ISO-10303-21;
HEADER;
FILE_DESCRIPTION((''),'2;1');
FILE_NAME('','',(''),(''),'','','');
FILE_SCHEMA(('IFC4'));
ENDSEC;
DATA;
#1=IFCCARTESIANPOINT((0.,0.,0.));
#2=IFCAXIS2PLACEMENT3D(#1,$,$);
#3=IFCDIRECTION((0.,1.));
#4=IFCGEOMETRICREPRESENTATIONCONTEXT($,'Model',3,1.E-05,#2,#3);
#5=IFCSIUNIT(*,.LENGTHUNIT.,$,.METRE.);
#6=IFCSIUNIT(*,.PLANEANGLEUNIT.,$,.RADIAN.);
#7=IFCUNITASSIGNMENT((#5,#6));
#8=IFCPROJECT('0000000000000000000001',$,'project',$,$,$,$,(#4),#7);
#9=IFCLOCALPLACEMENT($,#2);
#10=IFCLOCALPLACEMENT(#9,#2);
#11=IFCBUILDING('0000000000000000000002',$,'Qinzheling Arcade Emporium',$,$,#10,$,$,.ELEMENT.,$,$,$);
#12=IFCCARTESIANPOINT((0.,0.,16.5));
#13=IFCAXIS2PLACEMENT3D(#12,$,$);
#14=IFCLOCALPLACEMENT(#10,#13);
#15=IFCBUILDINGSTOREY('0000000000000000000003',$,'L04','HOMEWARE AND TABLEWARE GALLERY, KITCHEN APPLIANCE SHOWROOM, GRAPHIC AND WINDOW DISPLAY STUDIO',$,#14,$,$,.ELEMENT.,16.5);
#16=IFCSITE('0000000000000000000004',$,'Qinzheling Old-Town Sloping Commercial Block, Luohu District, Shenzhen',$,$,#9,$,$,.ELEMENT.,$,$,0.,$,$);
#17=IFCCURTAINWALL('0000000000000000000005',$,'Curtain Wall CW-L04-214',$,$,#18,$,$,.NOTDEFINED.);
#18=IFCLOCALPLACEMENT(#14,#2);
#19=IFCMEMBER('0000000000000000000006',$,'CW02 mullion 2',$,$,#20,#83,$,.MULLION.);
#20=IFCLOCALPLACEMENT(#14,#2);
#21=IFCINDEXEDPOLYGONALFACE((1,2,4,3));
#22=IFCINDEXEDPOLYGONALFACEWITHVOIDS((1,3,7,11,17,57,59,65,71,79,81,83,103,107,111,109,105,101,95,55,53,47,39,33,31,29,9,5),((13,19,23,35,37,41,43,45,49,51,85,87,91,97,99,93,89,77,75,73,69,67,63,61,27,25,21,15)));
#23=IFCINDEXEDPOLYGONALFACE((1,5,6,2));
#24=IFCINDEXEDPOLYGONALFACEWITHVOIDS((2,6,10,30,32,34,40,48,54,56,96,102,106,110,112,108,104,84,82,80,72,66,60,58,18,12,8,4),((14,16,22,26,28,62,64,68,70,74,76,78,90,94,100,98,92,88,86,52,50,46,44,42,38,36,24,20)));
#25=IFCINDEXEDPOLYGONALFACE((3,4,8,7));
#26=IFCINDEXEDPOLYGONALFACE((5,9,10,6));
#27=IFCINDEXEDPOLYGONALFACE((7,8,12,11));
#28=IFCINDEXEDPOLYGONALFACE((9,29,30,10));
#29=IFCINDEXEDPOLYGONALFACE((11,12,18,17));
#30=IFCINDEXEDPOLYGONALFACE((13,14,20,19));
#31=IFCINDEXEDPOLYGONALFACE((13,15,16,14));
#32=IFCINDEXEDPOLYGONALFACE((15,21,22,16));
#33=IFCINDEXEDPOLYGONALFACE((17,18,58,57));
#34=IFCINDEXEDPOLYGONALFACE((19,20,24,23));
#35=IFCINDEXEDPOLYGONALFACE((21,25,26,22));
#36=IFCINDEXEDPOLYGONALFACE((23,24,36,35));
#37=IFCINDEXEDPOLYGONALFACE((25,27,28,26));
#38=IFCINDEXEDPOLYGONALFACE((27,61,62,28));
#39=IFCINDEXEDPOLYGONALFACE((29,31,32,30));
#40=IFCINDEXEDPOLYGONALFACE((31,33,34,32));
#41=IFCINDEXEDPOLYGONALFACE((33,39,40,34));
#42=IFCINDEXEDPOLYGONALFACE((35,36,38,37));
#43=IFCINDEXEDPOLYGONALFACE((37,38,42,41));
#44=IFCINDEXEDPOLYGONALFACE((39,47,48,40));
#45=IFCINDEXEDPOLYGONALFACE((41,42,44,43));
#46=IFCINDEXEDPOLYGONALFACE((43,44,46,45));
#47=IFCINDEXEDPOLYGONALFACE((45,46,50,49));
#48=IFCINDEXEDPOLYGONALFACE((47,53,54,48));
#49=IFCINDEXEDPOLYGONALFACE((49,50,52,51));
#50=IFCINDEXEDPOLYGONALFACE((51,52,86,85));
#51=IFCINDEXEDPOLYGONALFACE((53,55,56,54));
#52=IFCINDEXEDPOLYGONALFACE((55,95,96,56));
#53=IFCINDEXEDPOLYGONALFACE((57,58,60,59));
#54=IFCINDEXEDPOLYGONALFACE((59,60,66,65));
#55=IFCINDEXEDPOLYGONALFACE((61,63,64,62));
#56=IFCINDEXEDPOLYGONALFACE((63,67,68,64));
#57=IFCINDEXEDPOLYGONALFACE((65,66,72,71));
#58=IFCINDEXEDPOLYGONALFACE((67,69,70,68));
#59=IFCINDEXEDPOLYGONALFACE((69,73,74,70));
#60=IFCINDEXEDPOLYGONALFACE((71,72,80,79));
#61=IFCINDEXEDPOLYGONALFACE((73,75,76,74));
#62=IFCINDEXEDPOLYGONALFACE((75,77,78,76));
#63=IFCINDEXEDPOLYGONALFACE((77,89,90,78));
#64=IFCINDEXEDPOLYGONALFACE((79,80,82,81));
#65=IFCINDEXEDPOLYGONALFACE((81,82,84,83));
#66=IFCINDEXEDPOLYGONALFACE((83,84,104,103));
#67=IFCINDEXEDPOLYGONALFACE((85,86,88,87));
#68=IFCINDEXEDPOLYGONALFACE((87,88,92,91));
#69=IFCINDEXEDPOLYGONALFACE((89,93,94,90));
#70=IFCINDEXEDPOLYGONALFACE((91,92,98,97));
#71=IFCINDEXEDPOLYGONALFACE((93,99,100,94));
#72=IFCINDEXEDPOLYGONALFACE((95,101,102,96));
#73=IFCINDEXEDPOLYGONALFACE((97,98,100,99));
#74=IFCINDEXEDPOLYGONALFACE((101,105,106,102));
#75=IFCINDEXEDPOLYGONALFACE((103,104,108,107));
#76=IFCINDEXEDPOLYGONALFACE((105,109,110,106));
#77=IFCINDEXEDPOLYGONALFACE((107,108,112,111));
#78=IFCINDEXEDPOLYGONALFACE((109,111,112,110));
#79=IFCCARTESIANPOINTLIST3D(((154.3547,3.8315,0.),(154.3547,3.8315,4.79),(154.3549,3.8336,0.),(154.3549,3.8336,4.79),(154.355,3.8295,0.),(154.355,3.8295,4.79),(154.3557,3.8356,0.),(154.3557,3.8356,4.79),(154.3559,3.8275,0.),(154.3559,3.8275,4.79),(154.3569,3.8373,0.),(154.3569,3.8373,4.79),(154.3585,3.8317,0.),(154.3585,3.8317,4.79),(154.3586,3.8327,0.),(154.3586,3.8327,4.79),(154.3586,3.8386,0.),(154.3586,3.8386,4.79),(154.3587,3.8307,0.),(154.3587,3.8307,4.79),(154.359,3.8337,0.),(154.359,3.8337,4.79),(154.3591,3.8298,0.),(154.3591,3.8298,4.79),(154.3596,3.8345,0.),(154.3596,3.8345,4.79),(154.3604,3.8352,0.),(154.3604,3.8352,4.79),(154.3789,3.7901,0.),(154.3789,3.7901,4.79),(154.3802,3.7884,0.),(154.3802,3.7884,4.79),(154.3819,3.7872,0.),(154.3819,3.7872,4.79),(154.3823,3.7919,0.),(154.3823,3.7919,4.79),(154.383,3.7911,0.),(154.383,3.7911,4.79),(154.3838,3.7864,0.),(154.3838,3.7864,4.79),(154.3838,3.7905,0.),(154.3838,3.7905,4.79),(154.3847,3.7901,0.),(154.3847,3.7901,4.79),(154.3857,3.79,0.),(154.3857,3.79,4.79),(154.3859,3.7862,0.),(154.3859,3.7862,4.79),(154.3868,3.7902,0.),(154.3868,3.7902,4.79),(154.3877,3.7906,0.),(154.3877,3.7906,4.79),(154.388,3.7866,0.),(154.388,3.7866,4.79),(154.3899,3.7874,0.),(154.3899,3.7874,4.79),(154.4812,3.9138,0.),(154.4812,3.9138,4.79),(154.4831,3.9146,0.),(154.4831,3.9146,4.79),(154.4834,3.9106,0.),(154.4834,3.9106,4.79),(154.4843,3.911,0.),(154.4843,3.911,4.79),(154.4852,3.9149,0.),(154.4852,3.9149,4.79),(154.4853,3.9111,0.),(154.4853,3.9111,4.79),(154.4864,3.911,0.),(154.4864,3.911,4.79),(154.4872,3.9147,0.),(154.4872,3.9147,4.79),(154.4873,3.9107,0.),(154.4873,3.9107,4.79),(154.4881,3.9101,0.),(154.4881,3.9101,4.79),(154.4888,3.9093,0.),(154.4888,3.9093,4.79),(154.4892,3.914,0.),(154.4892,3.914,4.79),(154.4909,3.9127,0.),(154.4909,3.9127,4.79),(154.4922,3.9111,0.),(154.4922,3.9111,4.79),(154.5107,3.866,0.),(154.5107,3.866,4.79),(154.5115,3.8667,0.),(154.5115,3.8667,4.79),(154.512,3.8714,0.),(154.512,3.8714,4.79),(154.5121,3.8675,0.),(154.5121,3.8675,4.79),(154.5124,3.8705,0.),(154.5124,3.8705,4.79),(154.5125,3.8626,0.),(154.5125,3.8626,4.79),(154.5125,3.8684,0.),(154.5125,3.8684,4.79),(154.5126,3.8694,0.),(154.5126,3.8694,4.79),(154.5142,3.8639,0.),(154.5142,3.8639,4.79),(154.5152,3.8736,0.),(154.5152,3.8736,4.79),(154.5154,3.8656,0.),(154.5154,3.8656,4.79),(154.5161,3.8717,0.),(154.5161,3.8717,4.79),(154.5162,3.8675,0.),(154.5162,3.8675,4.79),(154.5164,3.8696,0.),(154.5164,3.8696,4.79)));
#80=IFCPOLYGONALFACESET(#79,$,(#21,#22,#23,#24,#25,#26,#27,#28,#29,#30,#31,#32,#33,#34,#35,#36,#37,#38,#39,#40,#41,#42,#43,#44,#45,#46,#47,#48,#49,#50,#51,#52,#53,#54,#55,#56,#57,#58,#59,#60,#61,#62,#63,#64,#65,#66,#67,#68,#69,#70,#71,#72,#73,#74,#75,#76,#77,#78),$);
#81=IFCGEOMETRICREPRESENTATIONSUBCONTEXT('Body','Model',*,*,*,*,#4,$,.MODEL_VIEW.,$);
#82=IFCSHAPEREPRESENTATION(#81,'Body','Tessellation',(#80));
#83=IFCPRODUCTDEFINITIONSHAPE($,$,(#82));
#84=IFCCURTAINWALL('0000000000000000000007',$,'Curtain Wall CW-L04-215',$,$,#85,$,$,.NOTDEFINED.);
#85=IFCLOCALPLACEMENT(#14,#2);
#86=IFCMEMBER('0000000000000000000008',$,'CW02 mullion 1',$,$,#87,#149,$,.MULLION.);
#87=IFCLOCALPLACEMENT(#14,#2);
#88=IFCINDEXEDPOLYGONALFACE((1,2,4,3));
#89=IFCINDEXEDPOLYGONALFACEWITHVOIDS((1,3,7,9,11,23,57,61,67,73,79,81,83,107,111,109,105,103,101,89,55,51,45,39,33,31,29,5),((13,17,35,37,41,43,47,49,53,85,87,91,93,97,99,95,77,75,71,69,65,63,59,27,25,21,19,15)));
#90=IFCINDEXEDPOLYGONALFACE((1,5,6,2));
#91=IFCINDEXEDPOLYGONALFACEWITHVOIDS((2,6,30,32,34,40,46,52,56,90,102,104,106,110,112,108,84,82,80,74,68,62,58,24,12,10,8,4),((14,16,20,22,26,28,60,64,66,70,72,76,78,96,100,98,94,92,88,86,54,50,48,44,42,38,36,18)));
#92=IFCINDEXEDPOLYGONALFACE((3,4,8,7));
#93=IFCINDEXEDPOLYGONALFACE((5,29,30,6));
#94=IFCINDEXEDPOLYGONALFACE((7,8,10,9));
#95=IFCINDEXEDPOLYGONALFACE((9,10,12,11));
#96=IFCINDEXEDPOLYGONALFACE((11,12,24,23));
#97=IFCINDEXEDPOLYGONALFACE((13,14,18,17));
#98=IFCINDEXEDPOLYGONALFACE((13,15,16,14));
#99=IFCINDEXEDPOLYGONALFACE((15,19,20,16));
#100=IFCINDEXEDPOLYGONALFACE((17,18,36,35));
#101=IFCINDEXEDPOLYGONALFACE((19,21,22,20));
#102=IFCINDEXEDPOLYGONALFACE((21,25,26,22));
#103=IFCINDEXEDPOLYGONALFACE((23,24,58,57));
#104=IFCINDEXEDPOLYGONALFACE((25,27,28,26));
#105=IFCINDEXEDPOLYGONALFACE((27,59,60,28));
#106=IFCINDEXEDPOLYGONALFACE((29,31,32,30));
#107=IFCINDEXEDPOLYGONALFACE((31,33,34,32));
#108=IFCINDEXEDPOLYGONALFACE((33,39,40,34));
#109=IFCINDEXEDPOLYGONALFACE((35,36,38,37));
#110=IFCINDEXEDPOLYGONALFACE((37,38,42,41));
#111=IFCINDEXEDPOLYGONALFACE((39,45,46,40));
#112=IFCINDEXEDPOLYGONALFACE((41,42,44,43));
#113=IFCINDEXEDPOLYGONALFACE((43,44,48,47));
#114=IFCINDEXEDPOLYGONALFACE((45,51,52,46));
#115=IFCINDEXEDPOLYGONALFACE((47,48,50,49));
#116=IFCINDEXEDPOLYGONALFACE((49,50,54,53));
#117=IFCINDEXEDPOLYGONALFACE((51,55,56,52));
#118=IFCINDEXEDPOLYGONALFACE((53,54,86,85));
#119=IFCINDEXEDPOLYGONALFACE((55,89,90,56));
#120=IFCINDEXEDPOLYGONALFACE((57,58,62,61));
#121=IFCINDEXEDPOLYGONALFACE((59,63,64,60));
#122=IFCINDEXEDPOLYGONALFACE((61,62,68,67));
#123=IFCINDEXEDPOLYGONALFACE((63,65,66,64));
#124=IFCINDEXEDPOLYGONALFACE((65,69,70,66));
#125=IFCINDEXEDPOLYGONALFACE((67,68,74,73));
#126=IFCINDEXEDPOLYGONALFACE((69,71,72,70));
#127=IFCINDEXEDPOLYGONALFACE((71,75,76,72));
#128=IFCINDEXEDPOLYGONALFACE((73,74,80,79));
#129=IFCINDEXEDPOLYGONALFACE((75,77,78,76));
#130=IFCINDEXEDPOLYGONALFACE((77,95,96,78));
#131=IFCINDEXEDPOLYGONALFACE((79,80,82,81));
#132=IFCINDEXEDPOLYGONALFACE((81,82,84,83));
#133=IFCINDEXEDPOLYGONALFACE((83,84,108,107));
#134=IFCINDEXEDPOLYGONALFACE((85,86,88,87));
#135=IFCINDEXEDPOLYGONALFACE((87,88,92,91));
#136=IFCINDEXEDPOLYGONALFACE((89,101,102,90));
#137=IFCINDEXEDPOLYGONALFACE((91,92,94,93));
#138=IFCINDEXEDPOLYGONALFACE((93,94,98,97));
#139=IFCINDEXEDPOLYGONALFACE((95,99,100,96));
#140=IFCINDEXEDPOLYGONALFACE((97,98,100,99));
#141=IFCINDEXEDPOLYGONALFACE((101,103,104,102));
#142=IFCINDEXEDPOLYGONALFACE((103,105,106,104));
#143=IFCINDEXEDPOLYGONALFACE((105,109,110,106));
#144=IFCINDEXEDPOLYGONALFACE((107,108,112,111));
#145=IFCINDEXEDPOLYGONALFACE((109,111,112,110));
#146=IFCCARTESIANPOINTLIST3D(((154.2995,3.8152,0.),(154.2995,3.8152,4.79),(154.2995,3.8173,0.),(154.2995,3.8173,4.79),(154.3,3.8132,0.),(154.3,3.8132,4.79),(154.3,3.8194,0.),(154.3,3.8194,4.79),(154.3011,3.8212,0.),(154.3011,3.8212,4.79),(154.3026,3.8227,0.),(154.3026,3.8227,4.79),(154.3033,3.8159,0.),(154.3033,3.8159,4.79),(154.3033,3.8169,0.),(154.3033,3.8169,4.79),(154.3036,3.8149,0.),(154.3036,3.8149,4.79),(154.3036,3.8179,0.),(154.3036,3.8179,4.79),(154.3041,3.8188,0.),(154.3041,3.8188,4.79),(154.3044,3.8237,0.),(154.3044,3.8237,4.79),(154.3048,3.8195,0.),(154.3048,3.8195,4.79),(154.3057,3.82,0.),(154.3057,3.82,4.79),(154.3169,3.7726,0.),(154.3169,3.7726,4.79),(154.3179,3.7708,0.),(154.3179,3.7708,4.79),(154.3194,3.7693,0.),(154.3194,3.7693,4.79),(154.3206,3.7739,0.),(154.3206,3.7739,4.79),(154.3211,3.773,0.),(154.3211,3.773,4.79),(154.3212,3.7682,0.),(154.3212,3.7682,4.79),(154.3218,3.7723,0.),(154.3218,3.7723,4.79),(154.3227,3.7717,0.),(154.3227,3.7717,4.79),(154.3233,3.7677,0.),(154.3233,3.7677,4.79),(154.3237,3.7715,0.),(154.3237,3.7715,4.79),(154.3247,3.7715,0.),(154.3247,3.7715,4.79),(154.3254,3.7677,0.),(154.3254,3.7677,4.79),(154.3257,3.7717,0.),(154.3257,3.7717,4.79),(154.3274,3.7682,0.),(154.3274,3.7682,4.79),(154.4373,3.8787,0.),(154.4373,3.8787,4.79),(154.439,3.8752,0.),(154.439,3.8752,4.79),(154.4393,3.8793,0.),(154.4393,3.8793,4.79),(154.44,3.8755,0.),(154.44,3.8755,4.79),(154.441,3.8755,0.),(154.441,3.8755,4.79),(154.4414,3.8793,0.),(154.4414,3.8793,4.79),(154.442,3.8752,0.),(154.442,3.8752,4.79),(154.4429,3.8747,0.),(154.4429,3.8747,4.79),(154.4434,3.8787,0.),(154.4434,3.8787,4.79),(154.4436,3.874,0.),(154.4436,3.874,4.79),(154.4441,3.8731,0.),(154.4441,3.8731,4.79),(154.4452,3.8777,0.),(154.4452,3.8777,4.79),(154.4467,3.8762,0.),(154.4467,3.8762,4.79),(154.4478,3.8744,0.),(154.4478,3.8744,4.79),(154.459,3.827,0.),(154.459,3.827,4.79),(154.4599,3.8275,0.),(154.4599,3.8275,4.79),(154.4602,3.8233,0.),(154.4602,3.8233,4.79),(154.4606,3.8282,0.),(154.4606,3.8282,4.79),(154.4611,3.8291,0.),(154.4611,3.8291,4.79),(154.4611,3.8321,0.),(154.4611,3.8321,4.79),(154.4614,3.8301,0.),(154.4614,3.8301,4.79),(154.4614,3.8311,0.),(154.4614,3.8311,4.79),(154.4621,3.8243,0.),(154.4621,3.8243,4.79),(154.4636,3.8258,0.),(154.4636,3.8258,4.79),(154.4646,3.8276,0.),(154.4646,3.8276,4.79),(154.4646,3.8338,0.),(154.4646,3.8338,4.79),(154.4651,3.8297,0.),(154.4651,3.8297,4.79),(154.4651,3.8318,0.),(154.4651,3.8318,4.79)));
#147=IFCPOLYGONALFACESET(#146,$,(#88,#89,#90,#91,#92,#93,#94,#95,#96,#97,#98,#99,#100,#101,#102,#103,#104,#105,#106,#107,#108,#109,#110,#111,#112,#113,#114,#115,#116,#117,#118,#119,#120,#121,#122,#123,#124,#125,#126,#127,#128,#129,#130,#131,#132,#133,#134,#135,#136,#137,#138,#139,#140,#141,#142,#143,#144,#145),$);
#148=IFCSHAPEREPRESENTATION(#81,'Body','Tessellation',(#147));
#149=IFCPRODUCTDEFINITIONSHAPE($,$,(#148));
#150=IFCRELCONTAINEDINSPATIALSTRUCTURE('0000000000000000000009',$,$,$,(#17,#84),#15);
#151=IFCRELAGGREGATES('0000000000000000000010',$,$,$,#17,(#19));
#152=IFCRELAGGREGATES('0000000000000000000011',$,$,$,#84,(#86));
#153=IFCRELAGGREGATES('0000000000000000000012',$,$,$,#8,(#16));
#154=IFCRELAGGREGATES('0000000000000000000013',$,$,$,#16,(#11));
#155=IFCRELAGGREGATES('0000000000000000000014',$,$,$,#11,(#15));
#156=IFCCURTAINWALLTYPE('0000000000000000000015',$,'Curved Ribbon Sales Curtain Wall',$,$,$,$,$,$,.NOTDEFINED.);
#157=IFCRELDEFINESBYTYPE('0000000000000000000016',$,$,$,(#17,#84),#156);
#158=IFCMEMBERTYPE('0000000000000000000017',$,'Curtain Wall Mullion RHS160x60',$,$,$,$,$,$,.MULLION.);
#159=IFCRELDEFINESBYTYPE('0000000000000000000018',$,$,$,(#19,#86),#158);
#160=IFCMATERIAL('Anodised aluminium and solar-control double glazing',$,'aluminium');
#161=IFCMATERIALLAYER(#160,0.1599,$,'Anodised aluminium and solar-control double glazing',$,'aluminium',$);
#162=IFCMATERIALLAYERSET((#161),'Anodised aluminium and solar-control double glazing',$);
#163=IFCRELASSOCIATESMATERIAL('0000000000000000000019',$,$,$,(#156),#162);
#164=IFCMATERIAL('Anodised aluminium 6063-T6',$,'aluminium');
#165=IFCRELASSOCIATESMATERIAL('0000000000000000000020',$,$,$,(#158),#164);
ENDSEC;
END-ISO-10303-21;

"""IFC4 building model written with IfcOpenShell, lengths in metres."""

from ifc_helpers import new_model, si_unit, direction, frame, origin, origin_2d, place, context, subcontext, project, spatial, hollow_rectangle, extrude, material, layer, layer_set, material_profile, profile_set, type_object, element, aggregate, save


model = new_model("IFC4")

# Units and contexts
model_context = context("Model", 3, precision=1e-05, world=origin(), true_north=direction((0.0, 1.0)))
body_context = subcontext(model_context, "Body", "Model", "MODEL_VIEW")
ifc_project = project(units=[si_unit("LENGTHUNIT", "METRE"), si_unit("PLANEANGLEUNIT", "RADIAN")], contexts=[model_context])

# Site, building, storey
site_placement = place(None, origin())
site = spatial("IfcSite", under=ifc_project, at=site_placement, Name="Qinzheling Old-Town Sloping Commercial Block, Luohu District, Shenzhen", CompositionType="ELEMENT", RefElevation=0.0)
building_placement = place(site_placement, origin())
building = spatial("IfcBuilding", under=site, at=building_placement, Name="Qinzheling Arcade Emporium", CompositionType="ELEMENT")
storey_placement = place(building_placement, frame((0.0, 0.0, 16.5)))
storey = spatial("IfcBuildingStorey", under=building, at=storey_placement, Name="L04", Description="HOMEWARE AND TABLEWARE GALLERY, KITCHEN APPLIANCE SHOWROOM, GRAPHIC AND WINDOW DISPLAY STUDIO", CompositionType="ELEMENT", Elevation=16.5)

# Shared definitions
ifc_material_1 = material(Name="Anodised aluminium and solar-control double glazing", Category="aluminium")
ifc_layer_1 = layer(ifc_material_1, 0.1599, Name="Anodised aluminium and solar-control double glazing", Category="aluminium")
ifc_layer_set_1 = layer_set([ifc_layer_1], Name="Anodised aluminium and solar-control double glazing")
curtain_wall_type = type_object("IfcCurtainWallType", Name="Curved Ribbon Sales Curtain Wall", PredefinedType="NOTDEFINED", material=ifc_layer_set_1)
ifc_material_2 = material(Name="Anodised aluminium 6063-T6", Category="aluminium")
ifc_material_profile_1 = material_profile(ifc_material_2, hollow_rectangle(XDim=0.0601, YDim=0.1599, WallThickness=0.0039, InnerFilletRadius=0.0039, OuterFilletRadius=0.0081, at=origin_2d()), Name="RHS 160x60x4", Category="aluminium")
ifc_profile_set_1 = profile_set([ifc_material_profile_1], Name="Anodised aluminium 6063-T6")
member_type_1 = type_object("IfcMemberType", Name="Curtain Wall Mullion RHS160x60", PredefinedType="MULLION", material=ifc_profile_set_1)

# Curtain wall, member
curtain_wall_1_placement = place(storey_placement, origin())
curtain_wall_1 = element("IfcCurtainWall", 1, at=curtain_wall_1_placement, inside=storey, type_object=curtain_wall_type, Name="Curtain Wall CW-L04-214", PredefinedType="NOTDEFINED")
member_1_placement = place(storey_placement, frame((154.4355, 3.8506, 0.0), z_axis=(0.0, 0.0, 1.0), x_axis=(0.522532, -0.85262, 0.0)))
member_1 = element("IfcMember", 2, at=member_1_placement, type_object=member_type_1, Name="CW02 mullion 2", PredefinedType="MULLION", context=body_context, shape_type="SweptSolid", body=[
    extrude(hollow_rectangle(XDim=0.0601, YDim=0.1599, WallThickness=0.0039, InnerFilletRadius=0.0039, OuterFilletRadius=0.0081, at=origin_2d()), origin(), (0.0, 0.0, 1.0), 4.79),
])

# Curtain wall, member
curtain_wall_2_placement = place(storey_placement, origin())
curtain_wall_2 = element("IfcCurtainWall", 3, at=curtain_wall_2_placement, inside=storey, type_object=curtain_wall_type, Name="Curtain Wall CW-L04-215", PredefinedType="NOTDEFINED")
member_2_placement = place(storey_placement, frame((154.3823, 3.8235, 0.0), z_axis=(0.0, 0.0, 1.0), x_axis=(0.382714, -0.923867, 0.0)))
member_2 = element("IfcMember", 4, at=member_2_placement, type_object=member_type_1, Name="CW02 mullion 1", PredefinedType="MULLION", context=body_context, shape_type="SweptSolid", body=[
    extrude(hollow_rectangle(XDim=0.0601, YDim=0.1599, WallThickness=0.0039, InnerFilletRadius=0.0039, OuterFilletRadius=0.0081, at=origin_2d()), origin(), (0.0, 0.0, 1.0), 4.79),
])

aggregate(curtain_wall_1, [member_1])
aggregate(curtain_wall_2, [member_2])

save(model, "model.ifc")
